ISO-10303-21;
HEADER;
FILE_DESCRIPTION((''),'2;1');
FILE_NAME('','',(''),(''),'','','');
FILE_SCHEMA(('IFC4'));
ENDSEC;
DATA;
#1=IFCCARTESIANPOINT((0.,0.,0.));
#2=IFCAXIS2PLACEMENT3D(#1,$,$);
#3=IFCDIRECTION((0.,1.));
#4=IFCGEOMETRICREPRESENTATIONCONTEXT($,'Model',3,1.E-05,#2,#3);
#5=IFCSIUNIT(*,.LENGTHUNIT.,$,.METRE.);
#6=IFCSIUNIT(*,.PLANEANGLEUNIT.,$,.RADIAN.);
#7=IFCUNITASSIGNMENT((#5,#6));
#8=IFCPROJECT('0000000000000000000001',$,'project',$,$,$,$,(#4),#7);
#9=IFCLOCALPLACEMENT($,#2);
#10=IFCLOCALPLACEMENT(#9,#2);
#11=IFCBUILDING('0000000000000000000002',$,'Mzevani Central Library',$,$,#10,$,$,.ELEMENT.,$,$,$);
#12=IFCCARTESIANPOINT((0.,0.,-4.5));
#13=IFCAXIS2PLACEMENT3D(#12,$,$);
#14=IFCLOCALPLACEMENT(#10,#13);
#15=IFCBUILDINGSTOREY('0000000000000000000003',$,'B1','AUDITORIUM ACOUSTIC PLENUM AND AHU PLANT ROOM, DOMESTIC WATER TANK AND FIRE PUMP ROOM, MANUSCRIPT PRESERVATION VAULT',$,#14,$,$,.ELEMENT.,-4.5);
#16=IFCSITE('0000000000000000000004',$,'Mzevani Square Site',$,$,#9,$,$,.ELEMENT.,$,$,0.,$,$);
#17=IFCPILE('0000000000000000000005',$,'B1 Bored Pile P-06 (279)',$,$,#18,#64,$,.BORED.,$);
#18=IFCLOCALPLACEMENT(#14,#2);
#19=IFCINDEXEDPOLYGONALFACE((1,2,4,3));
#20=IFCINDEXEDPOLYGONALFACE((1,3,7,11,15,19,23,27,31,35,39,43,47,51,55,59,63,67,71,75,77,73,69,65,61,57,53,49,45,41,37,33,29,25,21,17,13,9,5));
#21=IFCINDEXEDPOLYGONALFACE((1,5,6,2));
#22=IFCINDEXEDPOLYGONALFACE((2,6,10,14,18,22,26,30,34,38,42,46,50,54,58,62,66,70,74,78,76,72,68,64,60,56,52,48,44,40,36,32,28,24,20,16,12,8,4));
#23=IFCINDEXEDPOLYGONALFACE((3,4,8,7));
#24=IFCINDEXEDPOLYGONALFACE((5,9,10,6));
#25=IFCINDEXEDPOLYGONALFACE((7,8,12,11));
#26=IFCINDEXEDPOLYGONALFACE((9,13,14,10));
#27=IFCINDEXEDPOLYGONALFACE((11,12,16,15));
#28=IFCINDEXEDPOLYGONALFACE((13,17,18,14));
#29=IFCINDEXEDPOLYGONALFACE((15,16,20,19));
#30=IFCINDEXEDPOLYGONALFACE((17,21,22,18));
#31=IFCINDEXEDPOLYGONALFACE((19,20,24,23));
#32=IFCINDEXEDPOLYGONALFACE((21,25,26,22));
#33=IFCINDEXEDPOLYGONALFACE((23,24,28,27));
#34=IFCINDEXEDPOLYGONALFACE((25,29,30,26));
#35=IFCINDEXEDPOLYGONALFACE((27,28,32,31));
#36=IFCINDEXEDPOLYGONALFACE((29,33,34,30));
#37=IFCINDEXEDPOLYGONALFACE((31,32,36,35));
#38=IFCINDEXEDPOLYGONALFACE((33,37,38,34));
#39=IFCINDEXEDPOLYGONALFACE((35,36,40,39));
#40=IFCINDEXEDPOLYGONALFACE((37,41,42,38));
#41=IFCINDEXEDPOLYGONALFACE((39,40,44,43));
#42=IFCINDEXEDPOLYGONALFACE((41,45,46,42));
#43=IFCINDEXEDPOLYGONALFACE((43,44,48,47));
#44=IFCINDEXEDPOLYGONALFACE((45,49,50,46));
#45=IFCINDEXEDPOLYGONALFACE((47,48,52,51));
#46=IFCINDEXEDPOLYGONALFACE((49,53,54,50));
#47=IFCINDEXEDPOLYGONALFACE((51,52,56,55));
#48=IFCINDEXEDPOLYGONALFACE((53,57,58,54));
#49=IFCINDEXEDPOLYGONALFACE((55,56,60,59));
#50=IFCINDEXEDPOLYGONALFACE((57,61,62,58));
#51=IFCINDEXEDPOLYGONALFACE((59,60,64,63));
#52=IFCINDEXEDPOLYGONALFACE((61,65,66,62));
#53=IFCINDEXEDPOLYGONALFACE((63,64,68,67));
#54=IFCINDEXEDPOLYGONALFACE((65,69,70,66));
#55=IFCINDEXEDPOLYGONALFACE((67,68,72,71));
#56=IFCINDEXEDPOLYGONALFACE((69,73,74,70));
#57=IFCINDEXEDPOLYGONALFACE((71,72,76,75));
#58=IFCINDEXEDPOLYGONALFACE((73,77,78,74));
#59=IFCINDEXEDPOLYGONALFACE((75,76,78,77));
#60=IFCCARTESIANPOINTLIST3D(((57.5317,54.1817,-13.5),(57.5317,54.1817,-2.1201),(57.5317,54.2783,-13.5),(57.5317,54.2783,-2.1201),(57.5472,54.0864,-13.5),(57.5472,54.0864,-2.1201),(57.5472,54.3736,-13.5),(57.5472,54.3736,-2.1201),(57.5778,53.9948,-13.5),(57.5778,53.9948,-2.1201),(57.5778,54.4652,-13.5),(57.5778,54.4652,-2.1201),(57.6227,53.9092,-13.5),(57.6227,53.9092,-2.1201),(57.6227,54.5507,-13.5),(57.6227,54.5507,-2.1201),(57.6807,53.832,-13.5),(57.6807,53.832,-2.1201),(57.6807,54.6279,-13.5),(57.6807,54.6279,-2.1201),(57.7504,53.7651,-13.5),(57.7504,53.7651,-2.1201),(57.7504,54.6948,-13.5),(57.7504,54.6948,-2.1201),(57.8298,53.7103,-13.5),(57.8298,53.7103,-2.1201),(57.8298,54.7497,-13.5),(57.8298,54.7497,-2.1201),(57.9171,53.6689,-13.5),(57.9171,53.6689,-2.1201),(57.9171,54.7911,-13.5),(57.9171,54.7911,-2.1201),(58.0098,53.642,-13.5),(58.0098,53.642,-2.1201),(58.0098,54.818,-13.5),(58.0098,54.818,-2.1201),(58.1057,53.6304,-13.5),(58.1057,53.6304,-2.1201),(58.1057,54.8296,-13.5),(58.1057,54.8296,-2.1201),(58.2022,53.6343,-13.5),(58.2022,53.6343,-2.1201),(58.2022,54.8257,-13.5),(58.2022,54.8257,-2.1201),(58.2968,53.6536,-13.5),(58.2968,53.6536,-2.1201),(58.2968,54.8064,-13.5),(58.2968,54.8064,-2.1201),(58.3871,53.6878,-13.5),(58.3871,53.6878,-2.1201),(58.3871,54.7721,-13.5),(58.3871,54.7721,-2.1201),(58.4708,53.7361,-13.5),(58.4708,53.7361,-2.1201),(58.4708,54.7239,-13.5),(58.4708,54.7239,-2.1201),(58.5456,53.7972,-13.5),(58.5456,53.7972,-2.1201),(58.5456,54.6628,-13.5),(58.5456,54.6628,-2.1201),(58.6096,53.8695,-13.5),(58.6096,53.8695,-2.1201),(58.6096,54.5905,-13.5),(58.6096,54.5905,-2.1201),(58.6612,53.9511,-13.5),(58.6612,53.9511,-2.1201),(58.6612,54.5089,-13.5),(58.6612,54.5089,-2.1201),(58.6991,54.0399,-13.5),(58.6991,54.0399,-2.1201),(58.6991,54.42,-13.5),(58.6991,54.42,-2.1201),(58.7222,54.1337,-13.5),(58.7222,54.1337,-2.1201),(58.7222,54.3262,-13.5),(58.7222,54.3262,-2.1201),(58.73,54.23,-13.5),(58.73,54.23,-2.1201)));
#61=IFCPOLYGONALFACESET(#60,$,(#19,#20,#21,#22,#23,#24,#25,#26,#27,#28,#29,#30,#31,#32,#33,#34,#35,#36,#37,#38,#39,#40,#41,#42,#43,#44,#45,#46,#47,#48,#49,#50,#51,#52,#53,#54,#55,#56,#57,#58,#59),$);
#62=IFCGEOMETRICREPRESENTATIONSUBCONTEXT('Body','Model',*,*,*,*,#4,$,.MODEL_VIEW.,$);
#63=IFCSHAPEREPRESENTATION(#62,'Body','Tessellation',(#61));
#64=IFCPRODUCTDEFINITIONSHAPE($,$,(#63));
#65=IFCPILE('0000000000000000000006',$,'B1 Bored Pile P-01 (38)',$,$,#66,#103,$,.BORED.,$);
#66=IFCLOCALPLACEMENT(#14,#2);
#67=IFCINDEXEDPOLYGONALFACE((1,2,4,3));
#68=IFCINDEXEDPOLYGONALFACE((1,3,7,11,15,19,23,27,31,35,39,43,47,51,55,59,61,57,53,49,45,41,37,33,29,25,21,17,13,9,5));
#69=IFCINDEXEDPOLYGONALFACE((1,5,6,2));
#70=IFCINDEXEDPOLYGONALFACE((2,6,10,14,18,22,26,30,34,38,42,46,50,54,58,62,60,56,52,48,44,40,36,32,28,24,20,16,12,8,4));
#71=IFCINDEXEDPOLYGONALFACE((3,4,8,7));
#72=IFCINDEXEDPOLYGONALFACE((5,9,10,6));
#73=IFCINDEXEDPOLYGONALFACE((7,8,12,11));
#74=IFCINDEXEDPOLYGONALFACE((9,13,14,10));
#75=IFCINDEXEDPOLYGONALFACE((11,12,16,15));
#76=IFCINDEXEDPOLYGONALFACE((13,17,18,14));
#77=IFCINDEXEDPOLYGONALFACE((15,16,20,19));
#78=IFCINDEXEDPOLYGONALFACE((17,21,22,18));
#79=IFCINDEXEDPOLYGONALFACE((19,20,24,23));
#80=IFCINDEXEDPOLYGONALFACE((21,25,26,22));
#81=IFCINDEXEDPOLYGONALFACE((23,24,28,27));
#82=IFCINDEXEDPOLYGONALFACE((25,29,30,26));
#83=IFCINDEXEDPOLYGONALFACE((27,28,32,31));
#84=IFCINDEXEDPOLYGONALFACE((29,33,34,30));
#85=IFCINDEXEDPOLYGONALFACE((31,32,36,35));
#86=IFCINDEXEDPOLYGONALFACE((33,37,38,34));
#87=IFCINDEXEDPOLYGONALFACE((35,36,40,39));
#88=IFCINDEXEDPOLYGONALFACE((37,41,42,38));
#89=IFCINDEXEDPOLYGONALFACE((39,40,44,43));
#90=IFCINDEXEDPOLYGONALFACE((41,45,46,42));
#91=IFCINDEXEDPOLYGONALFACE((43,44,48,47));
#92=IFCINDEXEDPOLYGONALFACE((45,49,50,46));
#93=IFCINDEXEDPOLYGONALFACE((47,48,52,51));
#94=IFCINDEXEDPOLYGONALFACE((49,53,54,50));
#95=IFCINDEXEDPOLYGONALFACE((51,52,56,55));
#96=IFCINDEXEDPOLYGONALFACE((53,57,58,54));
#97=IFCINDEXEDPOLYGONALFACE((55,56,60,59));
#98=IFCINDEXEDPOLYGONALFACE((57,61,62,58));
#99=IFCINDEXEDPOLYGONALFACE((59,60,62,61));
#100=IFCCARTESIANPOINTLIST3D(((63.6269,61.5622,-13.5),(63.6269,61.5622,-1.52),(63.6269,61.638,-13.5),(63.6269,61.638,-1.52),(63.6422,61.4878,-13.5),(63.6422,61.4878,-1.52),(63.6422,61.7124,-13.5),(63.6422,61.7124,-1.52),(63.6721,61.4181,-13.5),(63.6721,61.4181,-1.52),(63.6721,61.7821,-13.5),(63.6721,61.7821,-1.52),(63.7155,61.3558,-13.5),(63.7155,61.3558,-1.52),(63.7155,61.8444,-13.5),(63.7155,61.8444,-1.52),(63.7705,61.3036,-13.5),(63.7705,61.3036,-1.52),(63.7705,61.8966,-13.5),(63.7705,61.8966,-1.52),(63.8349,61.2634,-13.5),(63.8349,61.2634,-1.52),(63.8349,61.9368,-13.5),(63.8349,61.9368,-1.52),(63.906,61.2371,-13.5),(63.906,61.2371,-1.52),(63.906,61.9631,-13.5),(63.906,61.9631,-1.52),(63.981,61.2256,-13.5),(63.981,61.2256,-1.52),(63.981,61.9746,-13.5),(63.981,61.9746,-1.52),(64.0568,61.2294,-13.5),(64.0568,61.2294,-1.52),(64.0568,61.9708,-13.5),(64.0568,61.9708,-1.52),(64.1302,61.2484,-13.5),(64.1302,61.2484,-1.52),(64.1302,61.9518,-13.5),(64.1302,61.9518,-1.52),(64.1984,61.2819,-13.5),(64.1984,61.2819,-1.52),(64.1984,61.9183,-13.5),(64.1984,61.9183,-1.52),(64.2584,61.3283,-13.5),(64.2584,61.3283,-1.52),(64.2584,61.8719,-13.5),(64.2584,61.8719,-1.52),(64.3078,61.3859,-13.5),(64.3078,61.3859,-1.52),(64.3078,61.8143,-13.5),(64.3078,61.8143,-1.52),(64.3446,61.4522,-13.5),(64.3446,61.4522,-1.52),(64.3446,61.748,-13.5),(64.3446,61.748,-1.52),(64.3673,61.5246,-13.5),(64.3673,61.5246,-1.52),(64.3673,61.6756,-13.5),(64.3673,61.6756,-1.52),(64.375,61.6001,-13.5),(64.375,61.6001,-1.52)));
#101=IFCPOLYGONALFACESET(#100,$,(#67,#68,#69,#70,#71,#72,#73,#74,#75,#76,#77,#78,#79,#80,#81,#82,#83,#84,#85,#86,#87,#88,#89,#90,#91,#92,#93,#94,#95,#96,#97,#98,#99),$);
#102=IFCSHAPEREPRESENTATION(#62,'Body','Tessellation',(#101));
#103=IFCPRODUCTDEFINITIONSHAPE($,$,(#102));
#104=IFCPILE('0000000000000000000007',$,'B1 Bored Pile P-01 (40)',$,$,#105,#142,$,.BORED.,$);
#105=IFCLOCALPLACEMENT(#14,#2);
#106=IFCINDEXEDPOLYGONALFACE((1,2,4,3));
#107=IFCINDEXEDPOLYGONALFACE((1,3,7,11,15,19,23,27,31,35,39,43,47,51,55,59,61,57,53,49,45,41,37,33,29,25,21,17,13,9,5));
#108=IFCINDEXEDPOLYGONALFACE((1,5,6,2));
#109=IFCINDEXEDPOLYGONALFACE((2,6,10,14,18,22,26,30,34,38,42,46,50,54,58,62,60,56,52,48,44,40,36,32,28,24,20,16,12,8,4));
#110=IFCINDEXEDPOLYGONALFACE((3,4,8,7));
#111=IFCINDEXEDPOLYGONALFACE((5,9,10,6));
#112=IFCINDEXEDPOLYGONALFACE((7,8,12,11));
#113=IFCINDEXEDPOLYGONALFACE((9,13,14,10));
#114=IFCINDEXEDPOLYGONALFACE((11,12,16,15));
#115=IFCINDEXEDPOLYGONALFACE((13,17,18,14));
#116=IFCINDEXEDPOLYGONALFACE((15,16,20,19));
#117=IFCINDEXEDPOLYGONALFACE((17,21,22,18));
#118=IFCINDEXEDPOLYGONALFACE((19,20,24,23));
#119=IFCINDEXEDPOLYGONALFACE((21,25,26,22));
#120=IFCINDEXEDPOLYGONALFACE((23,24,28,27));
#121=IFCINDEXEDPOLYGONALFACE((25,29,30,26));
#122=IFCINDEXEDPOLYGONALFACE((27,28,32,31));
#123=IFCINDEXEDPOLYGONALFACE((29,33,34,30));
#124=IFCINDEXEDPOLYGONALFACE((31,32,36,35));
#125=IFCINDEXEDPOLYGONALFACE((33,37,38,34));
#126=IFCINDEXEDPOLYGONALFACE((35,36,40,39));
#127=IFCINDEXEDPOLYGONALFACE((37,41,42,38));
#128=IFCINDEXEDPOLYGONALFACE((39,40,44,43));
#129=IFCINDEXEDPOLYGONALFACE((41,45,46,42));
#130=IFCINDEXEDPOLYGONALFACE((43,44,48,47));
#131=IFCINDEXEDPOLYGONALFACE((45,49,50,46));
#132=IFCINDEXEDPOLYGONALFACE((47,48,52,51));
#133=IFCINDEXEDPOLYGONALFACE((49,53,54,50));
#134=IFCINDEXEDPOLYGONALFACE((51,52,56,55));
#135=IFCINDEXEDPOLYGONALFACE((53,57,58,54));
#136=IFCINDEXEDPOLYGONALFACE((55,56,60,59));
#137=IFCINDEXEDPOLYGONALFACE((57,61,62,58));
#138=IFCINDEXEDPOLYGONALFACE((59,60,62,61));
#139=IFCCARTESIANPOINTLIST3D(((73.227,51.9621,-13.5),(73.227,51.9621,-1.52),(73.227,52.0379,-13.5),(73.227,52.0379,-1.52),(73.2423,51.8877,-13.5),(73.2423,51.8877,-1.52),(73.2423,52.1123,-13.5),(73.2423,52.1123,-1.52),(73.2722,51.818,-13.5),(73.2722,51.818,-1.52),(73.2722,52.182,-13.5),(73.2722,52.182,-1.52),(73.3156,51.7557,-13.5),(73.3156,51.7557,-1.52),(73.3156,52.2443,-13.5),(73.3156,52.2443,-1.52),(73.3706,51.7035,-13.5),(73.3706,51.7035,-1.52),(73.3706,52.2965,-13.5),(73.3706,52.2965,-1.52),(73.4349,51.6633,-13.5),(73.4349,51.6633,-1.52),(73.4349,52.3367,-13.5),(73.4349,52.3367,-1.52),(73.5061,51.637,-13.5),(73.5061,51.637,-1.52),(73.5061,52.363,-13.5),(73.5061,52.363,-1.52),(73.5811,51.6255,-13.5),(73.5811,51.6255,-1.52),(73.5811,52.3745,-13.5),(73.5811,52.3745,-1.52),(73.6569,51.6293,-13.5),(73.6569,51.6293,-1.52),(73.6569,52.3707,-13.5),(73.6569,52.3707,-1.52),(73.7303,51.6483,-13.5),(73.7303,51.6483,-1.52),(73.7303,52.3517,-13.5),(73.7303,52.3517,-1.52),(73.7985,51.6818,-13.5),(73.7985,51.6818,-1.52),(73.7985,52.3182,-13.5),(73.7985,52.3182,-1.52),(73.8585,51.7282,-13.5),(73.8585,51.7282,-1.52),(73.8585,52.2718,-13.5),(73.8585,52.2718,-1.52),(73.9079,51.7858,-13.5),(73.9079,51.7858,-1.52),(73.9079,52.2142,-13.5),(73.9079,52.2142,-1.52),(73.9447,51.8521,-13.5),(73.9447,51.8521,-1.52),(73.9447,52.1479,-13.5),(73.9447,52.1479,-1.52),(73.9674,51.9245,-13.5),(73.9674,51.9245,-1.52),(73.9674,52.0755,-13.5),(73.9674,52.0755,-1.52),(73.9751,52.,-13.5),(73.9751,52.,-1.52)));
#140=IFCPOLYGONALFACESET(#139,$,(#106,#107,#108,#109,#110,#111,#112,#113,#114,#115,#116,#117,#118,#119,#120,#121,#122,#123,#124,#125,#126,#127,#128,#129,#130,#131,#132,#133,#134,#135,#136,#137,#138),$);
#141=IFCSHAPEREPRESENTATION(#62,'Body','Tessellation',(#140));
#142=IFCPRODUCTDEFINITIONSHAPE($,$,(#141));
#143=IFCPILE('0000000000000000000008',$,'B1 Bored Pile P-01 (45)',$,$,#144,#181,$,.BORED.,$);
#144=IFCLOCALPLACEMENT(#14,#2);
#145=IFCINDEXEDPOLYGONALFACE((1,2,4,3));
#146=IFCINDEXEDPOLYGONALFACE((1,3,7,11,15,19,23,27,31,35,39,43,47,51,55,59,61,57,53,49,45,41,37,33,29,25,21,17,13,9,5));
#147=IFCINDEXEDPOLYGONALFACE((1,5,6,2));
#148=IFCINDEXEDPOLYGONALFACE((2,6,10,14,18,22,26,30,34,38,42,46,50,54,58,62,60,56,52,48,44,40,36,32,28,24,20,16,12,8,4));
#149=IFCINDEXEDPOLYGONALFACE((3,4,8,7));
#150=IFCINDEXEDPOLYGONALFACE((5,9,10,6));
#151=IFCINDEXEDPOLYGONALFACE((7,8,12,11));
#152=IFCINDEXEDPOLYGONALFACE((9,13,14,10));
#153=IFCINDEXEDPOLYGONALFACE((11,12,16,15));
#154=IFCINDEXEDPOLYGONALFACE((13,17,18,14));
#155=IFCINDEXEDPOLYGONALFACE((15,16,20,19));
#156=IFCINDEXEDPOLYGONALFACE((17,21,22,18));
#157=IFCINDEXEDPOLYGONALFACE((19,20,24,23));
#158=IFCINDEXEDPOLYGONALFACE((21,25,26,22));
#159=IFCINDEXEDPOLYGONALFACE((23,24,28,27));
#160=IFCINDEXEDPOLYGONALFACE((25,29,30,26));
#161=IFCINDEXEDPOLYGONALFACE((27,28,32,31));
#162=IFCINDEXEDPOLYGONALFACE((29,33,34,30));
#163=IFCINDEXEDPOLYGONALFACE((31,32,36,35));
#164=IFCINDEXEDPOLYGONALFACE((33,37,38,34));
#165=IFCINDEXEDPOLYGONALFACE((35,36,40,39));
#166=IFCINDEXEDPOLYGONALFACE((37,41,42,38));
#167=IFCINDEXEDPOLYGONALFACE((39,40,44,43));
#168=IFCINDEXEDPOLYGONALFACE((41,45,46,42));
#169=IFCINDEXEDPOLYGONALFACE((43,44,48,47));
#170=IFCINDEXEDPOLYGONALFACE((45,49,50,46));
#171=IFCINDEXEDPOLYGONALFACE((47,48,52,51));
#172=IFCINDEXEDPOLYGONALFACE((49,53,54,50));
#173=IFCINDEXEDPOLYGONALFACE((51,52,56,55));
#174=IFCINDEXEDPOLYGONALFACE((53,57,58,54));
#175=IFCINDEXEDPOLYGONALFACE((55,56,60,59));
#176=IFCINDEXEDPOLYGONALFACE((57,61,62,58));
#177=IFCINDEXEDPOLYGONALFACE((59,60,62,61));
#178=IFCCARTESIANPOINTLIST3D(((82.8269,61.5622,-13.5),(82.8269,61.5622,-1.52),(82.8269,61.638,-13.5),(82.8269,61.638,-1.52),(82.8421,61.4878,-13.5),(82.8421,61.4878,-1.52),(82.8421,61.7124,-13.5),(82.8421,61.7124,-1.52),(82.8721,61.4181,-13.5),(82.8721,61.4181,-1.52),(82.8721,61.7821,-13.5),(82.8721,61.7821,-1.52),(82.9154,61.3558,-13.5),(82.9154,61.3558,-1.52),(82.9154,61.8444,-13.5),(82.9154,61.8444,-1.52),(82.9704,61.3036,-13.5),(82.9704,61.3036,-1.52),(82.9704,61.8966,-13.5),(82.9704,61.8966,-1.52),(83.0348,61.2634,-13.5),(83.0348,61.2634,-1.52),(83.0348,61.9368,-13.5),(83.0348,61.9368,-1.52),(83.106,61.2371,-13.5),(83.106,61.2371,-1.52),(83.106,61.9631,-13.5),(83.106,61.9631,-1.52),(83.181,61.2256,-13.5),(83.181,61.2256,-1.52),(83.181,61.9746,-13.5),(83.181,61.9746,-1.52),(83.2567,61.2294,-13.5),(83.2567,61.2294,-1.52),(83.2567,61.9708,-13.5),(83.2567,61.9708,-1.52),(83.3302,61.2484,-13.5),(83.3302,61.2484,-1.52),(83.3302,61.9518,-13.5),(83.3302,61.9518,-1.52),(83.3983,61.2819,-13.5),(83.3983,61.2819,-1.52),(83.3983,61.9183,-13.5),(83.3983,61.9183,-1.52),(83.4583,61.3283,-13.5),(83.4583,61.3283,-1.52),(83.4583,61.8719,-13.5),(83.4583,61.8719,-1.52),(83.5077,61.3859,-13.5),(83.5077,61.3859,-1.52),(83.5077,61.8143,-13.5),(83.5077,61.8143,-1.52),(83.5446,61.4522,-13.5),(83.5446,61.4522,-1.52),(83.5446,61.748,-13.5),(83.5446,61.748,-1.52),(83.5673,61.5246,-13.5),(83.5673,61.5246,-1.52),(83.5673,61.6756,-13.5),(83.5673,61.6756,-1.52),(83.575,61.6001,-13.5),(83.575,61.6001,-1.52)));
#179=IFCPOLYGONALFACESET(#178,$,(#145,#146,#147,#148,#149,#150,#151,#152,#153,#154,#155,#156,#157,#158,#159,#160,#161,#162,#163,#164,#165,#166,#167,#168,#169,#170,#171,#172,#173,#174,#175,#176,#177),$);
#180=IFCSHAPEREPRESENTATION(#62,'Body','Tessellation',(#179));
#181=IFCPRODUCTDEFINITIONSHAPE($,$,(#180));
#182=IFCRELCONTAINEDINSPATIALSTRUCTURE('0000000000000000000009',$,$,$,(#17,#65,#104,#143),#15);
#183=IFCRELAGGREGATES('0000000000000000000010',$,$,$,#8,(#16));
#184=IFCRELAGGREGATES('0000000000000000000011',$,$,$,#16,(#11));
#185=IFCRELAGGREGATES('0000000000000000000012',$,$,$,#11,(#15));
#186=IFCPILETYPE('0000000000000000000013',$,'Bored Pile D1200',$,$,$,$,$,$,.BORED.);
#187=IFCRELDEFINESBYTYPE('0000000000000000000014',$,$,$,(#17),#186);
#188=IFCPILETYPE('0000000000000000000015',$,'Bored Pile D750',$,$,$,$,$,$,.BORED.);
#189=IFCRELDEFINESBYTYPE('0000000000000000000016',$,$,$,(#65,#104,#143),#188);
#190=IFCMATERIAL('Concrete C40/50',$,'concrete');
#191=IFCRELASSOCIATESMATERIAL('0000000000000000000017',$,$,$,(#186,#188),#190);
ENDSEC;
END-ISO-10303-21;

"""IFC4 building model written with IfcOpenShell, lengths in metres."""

from ifc_helpers import new_model, si_unit, direction, frame, origin, origin_2d, place, context, subcontext, project, spatial, circle, extrude, material, material_profile, profile_set, type_object, element, save


model = new_model("IFC4")

# Units and contexts
model_context = context("Model", 3, precision=1e-05, world=origin(), true_north=direction((0.0, 1.0)))
body_context = subcontext(model_context, "Body", "Model", "MODEL_VIEW")
ifc_project = project(units=[si_unit("LENGTHUNIT", "METRE"), si_unit("PLANEANGLEUNIT", "RADIAN")], contexts=[model_context])

# Site, building, storey
site_placement = place(None, origin())
site = spatial("IfcSite", under=ifc_project, at=site_placement, Name="Mzevani Square Site", CompositionType="ELEMENT", RefElevation=0.0)
building_placement = place(site_placement, origin())
building = spatial("IfcBuilding", under=site, at=building_placement, Name="Mzevani Central Library", CompositionType="ELEMENT")
storey_placement = place(building_placement, frame((0.0, 0.0, -4.5)))
storey = spatial("IfcBuildingStorey", under=building, at=storey_placement, Name="B1", Description="AUDITORIUM ACOUSTIC PLENUM AND AHU PLANT ROOM, DOMESTIC WATER TANK AND FIRE PUMP ROOM, MANUSCRIPT PRESERVATION VAULT", CompositionType="ELEMENT", Elevation=-4.5)

# Piles
ifc_material_1 = material(Name="Concrete C40/50", Category="concrete")
ifc_material_profile_1 = material_profile(ifc_material_1, circle(Radius=0.6001, at=origin_2d()), Name="PILE D1200")
ifc_profile_set_1 = profile_set([ifc_material_profile_1], Name="Concrete C40/50")
pile_type_1 = type_object("IfcPileType", Name="Bored Pile D1200", PredefinedType="BORED", material=ifc_profile_set_1)
pile_placement = place(storey_placement, frame((58.1299, 54.23, -2.1201), z_axis=(0.0, 0.0, -1.0), x_axis=(1.0, 0.0, 0.0)))
element("IfcPile", 1, at=pile_placement, inside=storey, type_object=pile_type_1, Name="B1 Bored Pile P-06 (279)", PredefinedType="BORED", context=body_context, shape_type="SweptSolid", body=[
    extrude(circle(Radius=0.6001, at=origin_2d()), origin(), (0.0, 0.0, 1.0), 11.3799),
])
ifc_material_profile_2 = material_profile(ifc_material_1, circle(Radius=0.375, at=origin_2d()), Name="PILE D750")
ifc_profile_set_2 = profile_set([ifc_material_profile_2], Name="Concrete C40/50")
pile_type_2 = type_object("IfcPileType", Name="Bored Pile D750", PredefinedType="BORED", material=ifc_profile_set_2)
for number, where, z_axis, x_axis, name in (
    (2, (64.0, 61.6001, -1.52), (0.0, 0.0, -1.0), (1.0, 0.0, 0.0), "B1 Bored Pile P-01 (38)"),
    (3, (73.6001, 52.0, -1.52), (0.0, 0.0, -1.0), (1.0, 0.0, 0.0), "B1 Bored Pile P-01 (40)"),
    (4, (83.2, 61.6001, -1.52), (0.0, 0.0, -1.0), (1.0, 0.0, 0.0), "B1 Bored Pile P-01 (45)"),
):
    element("IfcPile", number, at=place(storey_placement, frame(where, z_axis=z_axis, x_axis=x_axis)), inside=storey, type_object=pile_type_2, Name=name, PredefinedType="BORED", context=body_context, shape_type="SweptSolid", body=[
        extrude(circle(Radius=0.375, at=origin_2d()), origin(), (0.0, 0.0, 1.0), 11.98),
    ])

save(model, "model.ifc")
